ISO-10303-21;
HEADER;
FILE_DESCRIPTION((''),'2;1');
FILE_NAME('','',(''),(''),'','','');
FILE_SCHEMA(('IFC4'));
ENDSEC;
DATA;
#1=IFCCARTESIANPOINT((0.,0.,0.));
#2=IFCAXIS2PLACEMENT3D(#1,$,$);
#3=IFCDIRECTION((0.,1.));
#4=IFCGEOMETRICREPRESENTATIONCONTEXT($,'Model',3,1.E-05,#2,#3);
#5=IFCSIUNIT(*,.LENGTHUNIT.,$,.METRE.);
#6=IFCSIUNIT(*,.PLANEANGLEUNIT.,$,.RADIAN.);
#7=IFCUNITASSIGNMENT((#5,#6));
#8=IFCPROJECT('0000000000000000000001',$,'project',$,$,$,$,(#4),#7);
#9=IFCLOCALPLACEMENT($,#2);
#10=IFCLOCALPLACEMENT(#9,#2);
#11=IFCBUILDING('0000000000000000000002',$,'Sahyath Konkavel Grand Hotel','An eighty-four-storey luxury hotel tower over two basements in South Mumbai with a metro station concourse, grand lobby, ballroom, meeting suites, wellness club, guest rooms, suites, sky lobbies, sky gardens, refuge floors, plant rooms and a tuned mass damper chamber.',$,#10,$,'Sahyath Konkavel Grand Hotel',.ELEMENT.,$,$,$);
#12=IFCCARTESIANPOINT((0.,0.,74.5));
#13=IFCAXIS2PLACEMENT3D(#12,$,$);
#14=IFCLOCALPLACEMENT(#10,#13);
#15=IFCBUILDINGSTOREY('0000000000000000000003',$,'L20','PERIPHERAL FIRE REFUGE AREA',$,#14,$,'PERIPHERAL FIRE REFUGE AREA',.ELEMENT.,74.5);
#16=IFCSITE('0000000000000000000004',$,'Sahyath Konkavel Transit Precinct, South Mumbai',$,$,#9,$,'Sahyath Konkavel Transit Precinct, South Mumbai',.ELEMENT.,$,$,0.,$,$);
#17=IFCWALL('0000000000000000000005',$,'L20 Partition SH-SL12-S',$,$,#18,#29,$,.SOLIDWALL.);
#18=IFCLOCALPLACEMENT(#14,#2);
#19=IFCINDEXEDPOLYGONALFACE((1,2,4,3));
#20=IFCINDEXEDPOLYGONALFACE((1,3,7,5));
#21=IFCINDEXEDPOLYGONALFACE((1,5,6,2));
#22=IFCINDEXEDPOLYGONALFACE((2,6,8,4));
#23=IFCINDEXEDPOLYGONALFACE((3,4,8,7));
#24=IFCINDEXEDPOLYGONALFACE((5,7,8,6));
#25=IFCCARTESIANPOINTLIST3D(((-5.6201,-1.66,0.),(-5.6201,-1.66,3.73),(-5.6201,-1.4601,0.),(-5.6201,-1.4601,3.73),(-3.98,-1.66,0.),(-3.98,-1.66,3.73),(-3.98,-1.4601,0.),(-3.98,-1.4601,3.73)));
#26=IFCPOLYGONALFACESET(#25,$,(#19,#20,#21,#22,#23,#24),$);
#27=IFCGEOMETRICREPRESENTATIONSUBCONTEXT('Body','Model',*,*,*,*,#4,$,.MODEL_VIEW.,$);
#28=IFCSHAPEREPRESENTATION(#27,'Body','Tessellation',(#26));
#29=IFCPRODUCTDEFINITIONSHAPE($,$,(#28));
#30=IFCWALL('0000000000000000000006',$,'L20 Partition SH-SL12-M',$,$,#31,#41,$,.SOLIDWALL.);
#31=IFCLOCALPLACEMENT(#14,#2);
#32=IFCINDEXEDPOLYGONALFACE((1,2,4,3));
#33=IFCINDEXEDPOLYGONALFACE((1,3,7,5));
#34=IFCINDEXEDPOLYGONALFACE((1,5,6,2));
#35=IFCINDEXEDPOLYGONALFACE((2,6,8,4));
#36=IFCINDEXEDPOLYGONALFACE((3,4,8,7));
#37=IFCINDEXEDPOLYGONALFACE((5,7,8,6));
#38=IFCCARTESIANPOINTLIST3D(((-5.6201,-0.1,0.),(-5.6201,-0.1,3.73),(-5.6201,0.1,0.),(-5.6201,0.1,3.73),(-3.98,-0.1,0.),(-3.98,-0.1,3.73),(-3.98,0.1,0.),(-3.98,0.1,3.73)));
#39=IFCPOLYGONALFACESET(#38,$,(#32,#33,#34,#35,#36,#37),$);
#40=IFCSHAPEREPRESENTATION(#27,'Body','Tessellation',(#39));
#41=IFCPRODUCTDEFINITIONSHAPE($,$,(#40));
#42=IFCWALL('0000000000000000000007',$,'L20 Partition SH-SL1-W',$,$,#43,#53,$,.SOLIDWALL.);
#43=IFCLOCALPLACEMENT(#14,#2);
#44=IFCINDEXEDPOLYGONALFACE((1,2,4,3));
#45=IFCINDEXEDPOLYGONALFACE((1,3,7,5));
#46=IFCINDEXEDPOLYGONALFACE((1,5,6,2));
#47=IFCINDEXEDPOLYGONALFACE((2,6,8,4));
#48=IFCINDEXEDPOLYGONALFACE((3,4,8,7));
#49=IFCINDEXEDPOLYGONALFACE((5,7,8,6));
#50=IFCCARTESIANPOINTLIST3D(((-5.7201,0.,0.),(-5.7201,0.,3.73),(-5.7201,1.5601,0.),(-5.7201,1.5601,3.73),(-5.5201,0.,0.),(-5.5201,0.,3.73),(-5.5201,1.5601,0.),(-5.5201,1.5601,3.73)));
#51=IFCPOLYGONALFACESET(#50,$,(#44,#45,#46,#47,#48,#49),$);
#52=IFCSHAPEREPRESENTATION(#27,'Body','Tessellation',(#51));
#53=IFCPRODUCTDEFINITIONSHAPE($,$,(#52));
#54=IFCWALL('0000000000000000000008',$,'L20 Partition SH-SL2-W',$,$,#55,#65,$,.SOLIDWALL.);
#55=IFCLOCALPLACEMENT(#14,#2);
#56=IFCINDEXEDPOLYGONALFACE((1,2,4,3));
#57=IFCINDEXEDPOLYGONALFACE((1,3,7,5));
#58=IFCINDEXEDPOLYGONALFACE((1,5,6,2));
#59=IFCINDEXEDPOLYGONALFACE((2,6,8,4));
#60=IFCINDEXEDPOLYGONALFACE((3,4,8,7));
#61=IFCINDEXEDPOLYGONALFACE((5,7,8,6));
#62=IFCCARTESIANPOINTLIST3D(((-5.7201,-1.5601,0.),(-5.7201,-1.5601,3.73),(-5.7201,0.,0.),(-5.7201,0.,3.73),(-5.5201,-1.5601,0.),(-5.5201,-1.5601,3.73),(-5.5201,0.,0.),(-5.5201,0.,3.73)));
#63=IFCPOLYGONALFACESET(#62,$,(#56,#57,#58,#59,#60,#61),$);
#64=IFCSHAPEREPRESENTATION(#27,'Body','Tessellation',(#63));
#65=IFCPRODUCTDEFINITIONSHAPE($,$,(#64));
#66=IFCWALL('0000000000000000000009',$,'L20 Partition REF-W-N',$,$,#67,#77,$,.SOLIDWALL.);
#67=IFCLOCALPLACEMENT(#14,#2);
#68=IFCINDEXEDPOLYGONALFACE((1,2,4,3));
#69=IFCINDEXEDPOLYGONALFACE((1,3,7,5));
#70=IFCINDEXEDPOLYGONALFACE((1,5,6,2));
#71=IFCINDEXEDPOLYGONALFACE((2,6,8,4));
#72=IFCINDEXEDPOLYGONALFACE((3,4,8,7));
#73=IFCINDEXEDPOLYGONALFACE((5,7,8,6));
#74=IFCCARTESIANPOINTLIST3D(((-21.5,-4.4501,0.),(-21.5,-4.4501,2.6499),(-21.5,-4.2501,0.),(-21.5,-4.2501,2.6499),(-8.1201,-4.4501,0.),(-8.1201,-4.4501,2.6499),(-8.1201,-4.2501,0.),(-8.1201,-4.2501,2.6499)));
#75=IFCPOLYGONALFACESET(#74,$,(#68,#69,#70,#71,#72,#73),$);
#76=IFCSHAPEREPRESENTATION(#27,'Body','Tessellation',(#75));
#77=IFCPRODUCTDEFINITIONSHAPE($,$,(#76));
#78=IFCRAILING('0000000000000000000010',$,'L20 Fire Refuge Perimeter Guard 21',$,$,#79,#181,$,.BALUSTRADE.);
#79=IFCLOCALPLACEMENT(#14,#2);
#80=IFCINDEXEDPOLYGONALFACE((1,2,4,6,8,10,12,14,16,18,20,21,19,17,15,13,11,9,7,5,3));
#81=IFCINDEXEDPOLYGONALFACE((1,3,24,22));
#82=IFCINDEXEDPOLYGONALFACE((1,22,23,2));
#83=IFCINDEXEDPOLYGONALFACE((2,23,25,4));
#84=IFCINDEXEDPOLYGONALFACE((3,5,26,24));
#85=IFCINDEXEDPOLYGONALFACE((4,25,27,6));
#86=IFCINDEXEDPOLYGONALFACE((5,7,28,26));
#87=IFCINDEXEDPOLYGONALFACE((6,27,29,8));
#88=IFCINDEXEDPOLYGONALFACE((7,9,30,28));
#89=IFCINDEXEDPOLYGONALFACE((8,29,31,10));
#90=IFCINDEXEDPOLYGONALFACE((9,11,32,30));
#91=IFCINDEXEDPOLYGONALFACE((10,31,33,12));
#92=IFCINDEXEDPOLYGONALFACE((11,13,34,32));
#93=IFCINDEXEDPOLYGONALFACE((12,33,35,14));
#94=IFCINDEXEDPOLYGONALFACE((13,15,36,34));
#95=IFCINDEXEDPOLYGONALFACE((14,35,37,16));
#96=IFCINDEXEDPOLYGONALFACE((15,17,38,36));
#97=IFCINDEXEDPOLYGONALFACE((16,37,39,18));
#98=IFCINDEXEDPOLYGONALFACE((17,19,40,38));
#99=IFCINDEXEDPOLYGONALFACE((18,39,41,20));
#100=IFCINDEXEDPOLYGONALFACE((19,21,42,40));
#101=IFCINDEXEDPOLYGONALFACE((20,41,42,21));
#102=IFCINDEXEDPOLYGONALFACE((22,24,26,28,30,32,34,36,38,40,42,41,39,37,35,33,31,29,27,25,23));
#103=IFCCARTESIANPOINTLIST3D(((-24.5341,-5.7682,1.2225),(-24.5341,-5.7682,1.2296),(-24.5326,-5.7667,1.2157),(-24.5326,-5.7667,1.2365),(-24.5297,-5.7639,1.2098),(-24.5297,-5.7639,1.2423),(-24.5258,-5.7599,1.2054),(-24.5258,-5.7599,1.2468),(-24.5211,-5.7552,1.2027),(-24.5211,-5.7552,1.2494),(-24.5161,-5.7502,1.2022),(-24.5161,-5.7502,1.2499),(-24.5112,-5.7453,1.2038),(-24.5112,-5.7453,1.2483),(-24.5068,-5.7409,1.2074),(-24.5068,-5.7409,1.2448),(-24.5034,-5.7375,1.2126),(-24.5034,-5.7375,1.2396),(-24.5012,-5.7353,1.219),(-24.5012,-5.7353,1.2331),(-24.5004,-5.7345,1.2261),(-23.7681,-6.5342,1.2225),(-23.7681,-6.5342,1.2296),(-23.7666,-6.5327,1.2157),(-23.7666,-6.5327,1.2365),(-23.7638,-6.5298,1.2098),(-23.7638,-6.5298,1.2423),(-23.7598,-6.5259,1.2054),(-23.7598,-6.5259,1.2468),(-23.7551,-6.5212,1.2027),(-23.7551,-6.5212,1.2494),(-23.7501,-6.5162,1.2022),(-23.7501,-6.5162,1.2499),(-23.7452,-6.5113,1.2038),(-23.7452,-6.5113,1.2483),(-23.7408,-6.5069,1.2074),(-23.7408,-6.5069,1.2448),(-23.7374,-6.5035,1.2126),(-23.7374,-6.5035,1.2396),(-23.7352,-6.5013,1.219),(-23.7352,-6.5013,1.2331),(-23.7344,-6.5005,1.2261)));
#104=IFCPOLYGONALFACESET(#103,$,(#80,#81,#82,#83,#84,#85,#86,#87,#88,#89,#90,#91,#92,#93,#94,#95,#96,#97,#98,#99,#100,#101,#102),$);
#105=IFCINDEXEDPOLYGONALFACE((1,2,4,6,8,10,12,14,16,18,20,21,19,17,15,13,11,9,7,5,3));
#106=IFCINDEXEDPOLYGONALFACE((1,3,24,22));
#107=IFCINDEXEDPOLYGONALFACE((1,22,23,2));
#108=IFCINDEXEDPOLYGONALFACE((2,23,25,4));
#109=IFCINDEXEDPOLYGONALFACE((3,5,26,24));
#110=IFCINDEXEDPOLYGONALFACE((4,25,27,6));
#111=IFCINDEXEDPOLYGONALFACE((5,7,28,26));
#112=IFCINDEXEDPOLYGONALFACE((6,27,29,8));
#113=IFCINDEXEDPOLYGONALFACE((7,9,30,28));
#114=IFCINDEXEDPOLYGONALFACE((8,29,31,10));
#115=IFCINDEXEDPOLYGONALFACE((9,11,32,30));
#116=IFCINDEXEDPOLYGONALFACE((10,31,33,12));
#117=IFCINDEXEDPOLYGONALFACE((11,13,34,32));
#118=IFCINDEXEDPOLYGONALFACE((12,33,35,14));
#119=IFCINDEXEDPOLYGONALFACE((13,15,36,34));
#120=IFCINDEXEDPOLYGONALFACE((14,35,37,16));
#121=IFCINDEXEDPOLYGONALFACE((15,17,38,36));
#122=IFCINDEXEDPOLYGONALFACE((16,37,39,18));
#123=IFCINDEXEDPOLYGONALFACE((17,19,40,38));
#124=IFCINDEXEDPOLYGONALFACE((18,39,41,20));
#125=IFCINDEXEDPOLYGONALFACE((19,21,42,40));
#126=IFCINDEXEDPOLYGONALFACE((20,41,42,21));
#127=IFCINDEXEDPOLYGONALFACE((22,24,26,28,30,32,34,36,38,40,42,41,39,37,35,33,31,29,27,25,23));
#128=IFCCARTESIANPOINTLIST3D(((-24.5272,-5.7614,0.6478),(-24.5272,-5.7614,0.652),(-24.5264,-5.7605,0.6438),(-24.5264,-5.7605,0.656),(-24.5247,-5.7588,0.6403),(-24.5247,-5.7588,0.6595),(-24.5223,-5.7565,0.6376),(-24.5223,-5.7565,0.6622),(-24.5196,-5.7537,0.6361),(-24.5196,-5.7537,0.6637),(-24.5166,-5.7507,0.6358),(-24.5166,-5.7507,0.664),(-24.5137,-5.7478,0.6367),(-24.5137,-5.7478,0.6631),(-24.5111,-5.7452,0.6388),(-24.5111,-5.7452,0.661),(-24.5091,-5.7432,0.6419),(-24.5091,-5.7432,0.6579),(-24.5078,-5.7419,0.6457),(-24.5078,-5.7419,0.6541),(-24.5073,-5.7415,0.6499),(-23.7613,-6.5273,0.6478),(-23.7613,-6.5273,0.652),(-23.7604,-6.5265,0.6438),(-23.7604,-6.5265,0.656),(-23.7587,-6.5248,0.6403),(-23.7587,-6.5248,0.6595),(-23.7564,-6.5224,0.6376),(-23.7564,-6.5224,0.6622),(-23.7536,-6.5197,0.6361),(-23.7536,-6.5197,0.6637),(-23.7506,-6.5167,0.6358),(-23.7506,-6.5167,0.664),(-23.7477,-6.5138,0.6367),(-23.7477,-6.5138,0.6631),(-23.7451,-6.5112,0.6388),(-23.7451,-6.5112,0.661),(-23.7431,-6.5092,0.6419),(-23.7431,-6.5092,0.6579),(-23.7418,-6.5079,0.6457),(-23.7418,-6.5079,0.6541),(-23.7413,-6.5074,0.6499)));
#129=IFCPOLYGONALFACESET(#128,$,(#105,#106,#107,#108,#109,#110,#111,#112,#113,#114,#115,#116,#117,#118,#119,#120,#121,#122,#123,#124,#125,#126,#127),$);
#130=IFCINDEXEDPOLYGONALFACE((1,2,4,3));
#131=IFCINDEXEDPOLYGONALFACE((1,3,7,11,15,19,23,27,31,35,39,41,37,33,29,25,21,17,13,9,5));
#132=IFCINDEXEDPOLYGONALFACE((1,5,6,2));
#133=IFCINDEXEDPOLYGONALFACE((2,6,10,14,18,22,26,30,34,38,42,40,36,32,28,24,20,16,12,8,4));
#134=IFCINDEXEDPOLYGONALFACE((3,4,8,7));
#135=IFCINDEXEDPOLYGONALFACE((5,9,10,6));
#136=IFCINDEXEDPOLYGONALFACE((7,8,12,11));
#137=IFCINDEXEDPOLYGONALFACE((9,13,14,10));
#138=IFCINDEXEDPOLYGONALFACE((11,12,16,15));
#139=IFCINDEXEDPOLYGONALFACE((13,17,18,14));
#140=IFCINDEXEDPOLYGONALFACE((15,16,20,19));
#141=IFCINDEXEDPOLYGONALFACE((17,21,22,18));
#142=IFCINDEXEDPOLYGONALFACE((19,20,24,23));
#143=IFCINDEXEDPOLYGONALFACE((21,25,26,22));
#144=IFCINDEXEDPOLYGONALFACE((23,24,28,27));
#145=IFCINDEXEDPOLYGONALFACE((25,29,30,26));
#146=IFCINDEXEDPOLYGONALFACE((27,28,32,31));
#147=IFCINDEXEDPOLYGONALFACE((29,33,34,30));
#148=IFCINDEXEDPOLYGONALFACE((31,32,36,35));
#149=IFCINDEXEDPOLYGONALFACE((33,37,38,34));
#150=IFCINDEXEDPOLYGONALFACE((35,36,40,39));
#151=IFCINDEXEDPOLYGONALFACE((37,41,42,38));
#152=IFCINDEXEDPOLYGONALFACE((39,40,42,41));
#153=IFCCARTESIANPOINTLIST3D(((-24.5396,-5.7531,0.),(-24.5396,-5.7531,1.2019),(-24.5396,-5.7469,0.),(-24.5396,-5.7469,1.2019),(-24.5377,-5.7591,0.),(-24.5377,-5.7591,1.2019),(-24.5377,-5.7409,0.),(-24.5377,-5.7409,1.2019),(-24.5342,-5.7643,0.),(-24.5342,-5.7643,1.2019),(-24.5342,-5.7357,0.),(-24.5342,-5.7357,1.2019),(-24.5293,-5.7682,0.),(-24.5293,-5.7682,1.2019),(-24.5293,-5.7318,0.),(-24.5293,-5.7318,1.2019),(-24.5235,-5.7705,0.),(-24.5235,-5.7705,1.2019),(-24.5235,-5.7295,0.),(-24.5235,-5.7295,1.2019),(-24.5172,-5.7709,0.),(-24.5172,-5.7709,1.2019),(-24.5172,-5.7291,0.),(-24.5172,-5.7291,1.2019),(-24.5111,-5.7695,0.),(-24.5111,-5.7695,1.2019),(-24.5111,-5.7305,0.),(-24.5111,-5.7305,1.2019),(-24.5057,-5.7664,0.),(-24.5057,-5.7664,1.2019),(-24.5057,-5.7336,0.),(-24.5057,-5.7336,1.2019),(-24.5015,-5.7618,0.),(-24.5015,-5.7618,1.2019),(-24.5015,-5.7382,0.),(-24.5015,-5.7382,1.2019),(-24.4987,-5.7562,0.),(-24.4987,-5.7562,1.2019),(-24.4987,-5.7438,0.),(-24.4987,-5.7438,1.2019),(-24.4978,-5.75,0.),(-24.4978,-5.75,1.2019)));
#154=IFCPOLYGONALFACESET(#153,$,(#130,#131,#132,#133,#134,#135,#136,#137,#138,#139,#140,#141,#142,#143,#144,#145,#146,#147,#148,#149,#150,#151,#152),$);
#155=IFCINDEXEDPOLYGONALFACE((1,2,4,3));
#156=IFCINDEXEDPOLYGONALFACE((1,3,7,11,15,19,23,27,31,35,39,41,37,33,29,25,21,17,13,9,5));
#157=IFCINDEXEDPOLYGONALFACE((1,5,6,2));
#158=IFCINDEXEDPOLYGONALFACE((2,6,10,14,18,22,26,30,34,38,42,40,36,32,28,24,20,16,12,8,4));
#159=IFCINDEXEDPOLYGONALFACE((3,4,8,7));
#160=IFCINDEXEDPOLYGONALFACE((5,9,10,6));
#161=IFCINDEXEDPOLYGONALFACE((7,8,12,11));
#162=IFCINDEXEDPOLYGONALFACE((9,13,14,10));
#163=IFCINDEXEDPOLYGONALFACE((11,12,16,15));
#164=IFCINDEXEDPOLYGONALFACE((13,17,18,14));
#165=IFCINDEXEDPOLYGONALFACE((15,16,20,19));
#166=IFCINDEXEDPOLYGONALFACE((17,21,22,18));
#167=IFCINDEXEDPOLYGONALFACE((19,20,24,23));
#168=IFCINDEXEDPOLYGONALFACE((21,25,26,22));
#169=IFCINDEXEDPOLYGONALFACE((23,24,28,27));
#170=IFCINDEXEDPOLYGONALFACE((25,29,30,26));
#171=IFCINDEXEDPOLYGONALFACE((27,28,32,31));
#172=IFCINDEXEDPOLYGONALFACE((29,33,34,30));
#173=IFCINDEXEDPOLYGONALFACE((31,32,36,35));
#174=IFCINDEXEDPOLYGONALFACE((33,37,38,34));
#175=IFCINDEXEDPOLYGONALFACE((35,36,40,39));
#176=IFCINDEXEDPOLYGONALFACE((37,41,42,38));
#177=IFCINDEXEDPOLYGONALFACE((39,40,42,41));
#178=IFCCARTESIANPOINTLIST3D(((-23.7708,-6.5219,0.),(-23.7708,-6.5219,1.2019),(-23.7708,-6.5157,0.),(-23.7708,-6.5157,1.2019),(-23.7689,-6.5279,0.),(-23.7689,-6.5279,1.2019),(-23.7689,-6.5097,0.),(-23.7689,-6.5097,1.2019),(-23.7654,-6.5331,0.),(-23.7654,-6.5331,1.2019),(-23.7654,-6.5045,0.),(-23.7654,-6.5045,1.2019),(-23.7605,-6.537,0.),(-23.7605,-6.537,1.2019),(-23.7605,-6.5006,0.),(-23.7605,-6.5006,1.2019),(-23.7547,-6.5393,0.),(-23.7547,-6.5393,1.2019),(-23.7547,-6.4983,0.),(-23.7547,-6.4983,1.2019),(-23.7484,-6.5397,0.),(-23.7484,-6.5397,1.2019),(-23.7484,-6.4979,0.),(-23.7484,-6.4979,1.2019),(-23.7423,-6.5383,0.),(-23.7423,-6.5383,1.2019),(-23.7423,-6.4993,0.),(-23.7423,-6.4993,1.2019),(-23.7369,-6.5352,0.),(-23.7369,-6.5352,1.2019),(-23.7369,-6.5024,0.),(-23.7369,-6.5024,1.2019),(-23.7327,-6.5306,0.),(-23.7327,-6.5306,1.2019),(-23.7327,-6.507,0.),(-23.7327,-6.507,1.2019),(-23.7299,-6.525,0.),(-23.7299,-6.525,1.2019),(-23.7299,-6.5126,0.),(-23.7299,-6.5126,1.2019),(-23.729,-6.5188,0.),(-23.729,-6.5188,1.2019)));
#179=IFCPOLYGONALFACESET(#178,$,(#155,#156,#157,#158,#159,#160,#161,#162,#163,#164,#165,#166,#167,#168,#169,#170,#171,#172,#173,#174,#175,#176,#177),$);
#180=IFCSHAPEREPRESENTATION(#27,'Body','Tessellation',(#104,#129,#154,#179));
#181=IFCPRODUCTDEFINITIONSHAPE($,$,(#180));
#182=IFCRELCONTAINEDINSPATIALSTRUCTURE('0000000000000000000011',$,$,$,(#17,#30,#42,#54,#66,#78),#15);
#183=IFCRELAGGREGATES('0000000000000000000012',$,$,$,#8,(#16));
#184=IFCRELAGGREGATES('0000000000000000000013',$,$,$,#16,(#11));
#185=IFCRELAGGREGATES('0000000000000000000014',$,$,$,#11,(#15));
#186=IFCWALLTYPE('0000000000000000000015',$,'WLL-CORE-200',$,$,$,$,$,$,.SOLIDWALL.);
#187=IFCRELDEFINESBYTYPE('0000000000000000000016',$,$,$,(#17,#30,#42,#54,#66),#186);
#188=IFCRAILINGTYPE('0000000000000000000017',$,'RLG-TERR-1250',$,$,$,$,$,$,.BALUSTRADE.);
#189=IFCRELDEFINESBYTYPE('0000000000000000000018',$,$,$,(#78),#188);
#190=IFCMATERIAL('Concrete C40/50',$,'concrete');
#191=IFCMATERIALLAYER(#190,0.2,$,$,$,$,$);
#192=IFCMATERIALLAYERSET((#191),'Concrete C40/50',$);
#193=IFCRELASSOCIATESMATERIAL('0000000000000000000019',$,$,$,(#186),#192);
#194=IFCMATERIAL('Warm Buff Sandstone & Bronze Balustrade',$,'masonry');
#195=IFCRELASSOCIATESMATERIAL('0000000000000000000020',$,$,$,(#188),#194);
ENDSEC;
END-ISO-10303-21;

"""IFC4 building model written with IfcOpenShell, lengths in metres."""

from ifc_helpers import new_model, si_unit, direction, frame, frame_2d, origin, origin_2d, place, context, subcontext, project, spatial, rectangle, circle, extrude, material, layer, layer_set, type_object, element, save


model = new_model("IFC4")

# Units and contexts
model_context = context("Model", 3, precision=1e-05, world=origin(), true_north=direction((0.0, 1.0)))
body_context = subcontext(model_context, "Body", "Model", "MODEL_VIEW")
ifc_project = project(units=[si_unit("LENGTHUNIT", "METRE"), si_unit("PLANEANGLEUNIT", "RADIAN")], contexts=[model_context])

# Site, building, storey
site_placement = place(None, origin())
site = spatial("IfcSite", under=ifc_project, at=site_placement, Name="Sahyath Konkavel Transit Precinct, South Mumbai", LongName="Sahyath Konkavel Transit Precinct, South Mumbai", CompositionType="ELEMENT", RefElevation=0.0)
building_placement = place(site_placement, origin())
building = spatial("IfcBuilding", under=site, at=building_placement, Name="Sahyath Konkavel Grand Hotel", Description="An eighty-four-storey luxury hotel tower over two basements in South Mumbai with a metro station concourse, grand lobby, ballroom, meeting suites, wellness club, guest rooms, suites, sky lobbies, sky gardens, refuge floors, plant rooms and a tuned mass damper chamber.", LongName="Sahyath Konkavel Grand Hotel", CompositionType="ELEMENT")
storey_placement = place(building_placement, frame((0.0, 0.0, 74.5)))
storey = spatial("IfcBuildingStorey", under=building, at=storey_placement, Name="L20", Description="PERIPHERAL FIRE REFUGE AREA", LongName="PERIPHERAL FIRE REFUGE AREA", CompositionType="ELEMENT", Elevation=74.5)

# Walls
ifc_material_1 = material(Name="Concrete C40/50", Category="concrete")
ifc_layer = layer(ifc_material_1, 0.2)
ifc_layer_set = layer_set([ifc_layer], Name="Concrete C40/50")
wall_type = type_object("IfcWallType", Name="WLL-CORE-200", PredefinedType="SOLIDWALL", material=ifc_layer_set)
for number, where, z_axis, x_axis, name in (
    (1, (-5.6201, -1.5601, 0.0), (0.0, 0.0, 1.0), (1.0, 0.0, 0.0), "L20 Partition SH-SL12-S"),
    (2, (-5.6201, 0.0, 0.0), (0.0, 0.0, 1.0), (1.0, 0.0, 0.0), "L20 Partition SH-SL12-M"),
):
    element("IfcWall", number, at=place(storey_placement, frame(where, z_axis=z_axis, x_axis=x_axis)), inside=storey, type_object=wall_type, Name=name, PredefinedType="SOLIDWALL", context=body_context, shape_type="SweptSolid", body=[
        extrude(rectangle(XDim=1.6401, YDim=0.2, at=frame_2d((0.8201, 0.0))), origin(), (0.0, 0.0, 1.0), 3.73),
    ])
for number, where, z_axis, x_axis, name in (
    (3, (-5.6201, 0.0, 0.0), (0.0, 0.0, 1.0), (0.0, 1.0, 0.0), "L20 Partition SH-SL1-W"),
    (4, (-5.6201, -1.5601, 0.0), (0.0, 0.0, 1.0), (0.0, 1.0, 0.0), "L20 Partition SH-SL2-W"),
):
    element("IfcWall", number, at=place(storey_placement, frame(where, z_axis=z_axis, x_axis=x_axis)), inside=storey, type_object=wall_type, Name=name, PredefinedType="SOLIDWALL", context=body_context, shape_type="SweptSolid", body=[
        extrude(rectangle(XDim=1.5601, YDim=0.2, at=frame_2d((0.78, 0.0))), origin(), (0.0, 0.0, 1.0), 3.73),
    ])
wall_placement = place(storey_placement, frame((-8.1201, -4.3501, 0.0), z_axis=(0.0, 0.0, 1.0), x_axis=(-1.0, 0.0, 0.0)))
element("IfcWall", 5, at=wall_placement, inside=storey, type_object=wall_type, Name="L20 Partition REF-W-N", PredefinedType="SOLIDWALL", context=body_context, shape_type="SweptSolid", body=[
    extrude(rectangle(XDim=13.3799, YDim=0.2, at=frame_2d((6.6899, 0.0))), origin(), (0.0, 0.0, 1.0), 2.6499),
])

# Railing
ifc_material_2 = material(Name="Warm Buff Sandstone & Bronze Balustrade", Category="masonry")
railing_type = type_object("IfcRailingType", Name="RLG-TERR-1250", PredefinedType="BALUSTRADE", material=ifc_material_2)
railing_1_placement = place(storey_placement, frame((-24.5188, -5.75, 0.0)))
element("IfcRailing", 6, at=railing_1_placement, inside=storey, type_object=railing_type, Name="L20 Fire Refuge Perimeter Guard 21", PredefinedType="BALUSTRADE", context=body_context, shape_type="SweptSolid", body=[
    extrude(circle(Radius=0.0239, at=origin_2d()), frame((0.0015, -0.0015, 1.2261), z_axis=(0.707107, -0.707107, 0.0), x_axis=(0.707107, 0.707107, 0.0)), (0.0, 0.0, 1.0), 1.0833),
    extrude(circle(Radius=0.0142, at=origin_2d()), frame((0.0015, -0.0015, 0.6499), z_axis=(0.707107, -0.707107, 0.0), x_axis=(0.707107, 0.707107, 0.0)), (0.0, 0.0, 1.0), 1.0833),
    extrude(circle(Radius=0.021, at=origin_2d()), origin(), (0.0, 0.0, 1.0), 1.2019),
    extrude(circle(Radius=0.021, at=origin_2d()), frame((0.7688, -0.7688, 0.0)), (0.0, 0.0, 1.0), 1.2019),
])

save(model, "model.ifc")
